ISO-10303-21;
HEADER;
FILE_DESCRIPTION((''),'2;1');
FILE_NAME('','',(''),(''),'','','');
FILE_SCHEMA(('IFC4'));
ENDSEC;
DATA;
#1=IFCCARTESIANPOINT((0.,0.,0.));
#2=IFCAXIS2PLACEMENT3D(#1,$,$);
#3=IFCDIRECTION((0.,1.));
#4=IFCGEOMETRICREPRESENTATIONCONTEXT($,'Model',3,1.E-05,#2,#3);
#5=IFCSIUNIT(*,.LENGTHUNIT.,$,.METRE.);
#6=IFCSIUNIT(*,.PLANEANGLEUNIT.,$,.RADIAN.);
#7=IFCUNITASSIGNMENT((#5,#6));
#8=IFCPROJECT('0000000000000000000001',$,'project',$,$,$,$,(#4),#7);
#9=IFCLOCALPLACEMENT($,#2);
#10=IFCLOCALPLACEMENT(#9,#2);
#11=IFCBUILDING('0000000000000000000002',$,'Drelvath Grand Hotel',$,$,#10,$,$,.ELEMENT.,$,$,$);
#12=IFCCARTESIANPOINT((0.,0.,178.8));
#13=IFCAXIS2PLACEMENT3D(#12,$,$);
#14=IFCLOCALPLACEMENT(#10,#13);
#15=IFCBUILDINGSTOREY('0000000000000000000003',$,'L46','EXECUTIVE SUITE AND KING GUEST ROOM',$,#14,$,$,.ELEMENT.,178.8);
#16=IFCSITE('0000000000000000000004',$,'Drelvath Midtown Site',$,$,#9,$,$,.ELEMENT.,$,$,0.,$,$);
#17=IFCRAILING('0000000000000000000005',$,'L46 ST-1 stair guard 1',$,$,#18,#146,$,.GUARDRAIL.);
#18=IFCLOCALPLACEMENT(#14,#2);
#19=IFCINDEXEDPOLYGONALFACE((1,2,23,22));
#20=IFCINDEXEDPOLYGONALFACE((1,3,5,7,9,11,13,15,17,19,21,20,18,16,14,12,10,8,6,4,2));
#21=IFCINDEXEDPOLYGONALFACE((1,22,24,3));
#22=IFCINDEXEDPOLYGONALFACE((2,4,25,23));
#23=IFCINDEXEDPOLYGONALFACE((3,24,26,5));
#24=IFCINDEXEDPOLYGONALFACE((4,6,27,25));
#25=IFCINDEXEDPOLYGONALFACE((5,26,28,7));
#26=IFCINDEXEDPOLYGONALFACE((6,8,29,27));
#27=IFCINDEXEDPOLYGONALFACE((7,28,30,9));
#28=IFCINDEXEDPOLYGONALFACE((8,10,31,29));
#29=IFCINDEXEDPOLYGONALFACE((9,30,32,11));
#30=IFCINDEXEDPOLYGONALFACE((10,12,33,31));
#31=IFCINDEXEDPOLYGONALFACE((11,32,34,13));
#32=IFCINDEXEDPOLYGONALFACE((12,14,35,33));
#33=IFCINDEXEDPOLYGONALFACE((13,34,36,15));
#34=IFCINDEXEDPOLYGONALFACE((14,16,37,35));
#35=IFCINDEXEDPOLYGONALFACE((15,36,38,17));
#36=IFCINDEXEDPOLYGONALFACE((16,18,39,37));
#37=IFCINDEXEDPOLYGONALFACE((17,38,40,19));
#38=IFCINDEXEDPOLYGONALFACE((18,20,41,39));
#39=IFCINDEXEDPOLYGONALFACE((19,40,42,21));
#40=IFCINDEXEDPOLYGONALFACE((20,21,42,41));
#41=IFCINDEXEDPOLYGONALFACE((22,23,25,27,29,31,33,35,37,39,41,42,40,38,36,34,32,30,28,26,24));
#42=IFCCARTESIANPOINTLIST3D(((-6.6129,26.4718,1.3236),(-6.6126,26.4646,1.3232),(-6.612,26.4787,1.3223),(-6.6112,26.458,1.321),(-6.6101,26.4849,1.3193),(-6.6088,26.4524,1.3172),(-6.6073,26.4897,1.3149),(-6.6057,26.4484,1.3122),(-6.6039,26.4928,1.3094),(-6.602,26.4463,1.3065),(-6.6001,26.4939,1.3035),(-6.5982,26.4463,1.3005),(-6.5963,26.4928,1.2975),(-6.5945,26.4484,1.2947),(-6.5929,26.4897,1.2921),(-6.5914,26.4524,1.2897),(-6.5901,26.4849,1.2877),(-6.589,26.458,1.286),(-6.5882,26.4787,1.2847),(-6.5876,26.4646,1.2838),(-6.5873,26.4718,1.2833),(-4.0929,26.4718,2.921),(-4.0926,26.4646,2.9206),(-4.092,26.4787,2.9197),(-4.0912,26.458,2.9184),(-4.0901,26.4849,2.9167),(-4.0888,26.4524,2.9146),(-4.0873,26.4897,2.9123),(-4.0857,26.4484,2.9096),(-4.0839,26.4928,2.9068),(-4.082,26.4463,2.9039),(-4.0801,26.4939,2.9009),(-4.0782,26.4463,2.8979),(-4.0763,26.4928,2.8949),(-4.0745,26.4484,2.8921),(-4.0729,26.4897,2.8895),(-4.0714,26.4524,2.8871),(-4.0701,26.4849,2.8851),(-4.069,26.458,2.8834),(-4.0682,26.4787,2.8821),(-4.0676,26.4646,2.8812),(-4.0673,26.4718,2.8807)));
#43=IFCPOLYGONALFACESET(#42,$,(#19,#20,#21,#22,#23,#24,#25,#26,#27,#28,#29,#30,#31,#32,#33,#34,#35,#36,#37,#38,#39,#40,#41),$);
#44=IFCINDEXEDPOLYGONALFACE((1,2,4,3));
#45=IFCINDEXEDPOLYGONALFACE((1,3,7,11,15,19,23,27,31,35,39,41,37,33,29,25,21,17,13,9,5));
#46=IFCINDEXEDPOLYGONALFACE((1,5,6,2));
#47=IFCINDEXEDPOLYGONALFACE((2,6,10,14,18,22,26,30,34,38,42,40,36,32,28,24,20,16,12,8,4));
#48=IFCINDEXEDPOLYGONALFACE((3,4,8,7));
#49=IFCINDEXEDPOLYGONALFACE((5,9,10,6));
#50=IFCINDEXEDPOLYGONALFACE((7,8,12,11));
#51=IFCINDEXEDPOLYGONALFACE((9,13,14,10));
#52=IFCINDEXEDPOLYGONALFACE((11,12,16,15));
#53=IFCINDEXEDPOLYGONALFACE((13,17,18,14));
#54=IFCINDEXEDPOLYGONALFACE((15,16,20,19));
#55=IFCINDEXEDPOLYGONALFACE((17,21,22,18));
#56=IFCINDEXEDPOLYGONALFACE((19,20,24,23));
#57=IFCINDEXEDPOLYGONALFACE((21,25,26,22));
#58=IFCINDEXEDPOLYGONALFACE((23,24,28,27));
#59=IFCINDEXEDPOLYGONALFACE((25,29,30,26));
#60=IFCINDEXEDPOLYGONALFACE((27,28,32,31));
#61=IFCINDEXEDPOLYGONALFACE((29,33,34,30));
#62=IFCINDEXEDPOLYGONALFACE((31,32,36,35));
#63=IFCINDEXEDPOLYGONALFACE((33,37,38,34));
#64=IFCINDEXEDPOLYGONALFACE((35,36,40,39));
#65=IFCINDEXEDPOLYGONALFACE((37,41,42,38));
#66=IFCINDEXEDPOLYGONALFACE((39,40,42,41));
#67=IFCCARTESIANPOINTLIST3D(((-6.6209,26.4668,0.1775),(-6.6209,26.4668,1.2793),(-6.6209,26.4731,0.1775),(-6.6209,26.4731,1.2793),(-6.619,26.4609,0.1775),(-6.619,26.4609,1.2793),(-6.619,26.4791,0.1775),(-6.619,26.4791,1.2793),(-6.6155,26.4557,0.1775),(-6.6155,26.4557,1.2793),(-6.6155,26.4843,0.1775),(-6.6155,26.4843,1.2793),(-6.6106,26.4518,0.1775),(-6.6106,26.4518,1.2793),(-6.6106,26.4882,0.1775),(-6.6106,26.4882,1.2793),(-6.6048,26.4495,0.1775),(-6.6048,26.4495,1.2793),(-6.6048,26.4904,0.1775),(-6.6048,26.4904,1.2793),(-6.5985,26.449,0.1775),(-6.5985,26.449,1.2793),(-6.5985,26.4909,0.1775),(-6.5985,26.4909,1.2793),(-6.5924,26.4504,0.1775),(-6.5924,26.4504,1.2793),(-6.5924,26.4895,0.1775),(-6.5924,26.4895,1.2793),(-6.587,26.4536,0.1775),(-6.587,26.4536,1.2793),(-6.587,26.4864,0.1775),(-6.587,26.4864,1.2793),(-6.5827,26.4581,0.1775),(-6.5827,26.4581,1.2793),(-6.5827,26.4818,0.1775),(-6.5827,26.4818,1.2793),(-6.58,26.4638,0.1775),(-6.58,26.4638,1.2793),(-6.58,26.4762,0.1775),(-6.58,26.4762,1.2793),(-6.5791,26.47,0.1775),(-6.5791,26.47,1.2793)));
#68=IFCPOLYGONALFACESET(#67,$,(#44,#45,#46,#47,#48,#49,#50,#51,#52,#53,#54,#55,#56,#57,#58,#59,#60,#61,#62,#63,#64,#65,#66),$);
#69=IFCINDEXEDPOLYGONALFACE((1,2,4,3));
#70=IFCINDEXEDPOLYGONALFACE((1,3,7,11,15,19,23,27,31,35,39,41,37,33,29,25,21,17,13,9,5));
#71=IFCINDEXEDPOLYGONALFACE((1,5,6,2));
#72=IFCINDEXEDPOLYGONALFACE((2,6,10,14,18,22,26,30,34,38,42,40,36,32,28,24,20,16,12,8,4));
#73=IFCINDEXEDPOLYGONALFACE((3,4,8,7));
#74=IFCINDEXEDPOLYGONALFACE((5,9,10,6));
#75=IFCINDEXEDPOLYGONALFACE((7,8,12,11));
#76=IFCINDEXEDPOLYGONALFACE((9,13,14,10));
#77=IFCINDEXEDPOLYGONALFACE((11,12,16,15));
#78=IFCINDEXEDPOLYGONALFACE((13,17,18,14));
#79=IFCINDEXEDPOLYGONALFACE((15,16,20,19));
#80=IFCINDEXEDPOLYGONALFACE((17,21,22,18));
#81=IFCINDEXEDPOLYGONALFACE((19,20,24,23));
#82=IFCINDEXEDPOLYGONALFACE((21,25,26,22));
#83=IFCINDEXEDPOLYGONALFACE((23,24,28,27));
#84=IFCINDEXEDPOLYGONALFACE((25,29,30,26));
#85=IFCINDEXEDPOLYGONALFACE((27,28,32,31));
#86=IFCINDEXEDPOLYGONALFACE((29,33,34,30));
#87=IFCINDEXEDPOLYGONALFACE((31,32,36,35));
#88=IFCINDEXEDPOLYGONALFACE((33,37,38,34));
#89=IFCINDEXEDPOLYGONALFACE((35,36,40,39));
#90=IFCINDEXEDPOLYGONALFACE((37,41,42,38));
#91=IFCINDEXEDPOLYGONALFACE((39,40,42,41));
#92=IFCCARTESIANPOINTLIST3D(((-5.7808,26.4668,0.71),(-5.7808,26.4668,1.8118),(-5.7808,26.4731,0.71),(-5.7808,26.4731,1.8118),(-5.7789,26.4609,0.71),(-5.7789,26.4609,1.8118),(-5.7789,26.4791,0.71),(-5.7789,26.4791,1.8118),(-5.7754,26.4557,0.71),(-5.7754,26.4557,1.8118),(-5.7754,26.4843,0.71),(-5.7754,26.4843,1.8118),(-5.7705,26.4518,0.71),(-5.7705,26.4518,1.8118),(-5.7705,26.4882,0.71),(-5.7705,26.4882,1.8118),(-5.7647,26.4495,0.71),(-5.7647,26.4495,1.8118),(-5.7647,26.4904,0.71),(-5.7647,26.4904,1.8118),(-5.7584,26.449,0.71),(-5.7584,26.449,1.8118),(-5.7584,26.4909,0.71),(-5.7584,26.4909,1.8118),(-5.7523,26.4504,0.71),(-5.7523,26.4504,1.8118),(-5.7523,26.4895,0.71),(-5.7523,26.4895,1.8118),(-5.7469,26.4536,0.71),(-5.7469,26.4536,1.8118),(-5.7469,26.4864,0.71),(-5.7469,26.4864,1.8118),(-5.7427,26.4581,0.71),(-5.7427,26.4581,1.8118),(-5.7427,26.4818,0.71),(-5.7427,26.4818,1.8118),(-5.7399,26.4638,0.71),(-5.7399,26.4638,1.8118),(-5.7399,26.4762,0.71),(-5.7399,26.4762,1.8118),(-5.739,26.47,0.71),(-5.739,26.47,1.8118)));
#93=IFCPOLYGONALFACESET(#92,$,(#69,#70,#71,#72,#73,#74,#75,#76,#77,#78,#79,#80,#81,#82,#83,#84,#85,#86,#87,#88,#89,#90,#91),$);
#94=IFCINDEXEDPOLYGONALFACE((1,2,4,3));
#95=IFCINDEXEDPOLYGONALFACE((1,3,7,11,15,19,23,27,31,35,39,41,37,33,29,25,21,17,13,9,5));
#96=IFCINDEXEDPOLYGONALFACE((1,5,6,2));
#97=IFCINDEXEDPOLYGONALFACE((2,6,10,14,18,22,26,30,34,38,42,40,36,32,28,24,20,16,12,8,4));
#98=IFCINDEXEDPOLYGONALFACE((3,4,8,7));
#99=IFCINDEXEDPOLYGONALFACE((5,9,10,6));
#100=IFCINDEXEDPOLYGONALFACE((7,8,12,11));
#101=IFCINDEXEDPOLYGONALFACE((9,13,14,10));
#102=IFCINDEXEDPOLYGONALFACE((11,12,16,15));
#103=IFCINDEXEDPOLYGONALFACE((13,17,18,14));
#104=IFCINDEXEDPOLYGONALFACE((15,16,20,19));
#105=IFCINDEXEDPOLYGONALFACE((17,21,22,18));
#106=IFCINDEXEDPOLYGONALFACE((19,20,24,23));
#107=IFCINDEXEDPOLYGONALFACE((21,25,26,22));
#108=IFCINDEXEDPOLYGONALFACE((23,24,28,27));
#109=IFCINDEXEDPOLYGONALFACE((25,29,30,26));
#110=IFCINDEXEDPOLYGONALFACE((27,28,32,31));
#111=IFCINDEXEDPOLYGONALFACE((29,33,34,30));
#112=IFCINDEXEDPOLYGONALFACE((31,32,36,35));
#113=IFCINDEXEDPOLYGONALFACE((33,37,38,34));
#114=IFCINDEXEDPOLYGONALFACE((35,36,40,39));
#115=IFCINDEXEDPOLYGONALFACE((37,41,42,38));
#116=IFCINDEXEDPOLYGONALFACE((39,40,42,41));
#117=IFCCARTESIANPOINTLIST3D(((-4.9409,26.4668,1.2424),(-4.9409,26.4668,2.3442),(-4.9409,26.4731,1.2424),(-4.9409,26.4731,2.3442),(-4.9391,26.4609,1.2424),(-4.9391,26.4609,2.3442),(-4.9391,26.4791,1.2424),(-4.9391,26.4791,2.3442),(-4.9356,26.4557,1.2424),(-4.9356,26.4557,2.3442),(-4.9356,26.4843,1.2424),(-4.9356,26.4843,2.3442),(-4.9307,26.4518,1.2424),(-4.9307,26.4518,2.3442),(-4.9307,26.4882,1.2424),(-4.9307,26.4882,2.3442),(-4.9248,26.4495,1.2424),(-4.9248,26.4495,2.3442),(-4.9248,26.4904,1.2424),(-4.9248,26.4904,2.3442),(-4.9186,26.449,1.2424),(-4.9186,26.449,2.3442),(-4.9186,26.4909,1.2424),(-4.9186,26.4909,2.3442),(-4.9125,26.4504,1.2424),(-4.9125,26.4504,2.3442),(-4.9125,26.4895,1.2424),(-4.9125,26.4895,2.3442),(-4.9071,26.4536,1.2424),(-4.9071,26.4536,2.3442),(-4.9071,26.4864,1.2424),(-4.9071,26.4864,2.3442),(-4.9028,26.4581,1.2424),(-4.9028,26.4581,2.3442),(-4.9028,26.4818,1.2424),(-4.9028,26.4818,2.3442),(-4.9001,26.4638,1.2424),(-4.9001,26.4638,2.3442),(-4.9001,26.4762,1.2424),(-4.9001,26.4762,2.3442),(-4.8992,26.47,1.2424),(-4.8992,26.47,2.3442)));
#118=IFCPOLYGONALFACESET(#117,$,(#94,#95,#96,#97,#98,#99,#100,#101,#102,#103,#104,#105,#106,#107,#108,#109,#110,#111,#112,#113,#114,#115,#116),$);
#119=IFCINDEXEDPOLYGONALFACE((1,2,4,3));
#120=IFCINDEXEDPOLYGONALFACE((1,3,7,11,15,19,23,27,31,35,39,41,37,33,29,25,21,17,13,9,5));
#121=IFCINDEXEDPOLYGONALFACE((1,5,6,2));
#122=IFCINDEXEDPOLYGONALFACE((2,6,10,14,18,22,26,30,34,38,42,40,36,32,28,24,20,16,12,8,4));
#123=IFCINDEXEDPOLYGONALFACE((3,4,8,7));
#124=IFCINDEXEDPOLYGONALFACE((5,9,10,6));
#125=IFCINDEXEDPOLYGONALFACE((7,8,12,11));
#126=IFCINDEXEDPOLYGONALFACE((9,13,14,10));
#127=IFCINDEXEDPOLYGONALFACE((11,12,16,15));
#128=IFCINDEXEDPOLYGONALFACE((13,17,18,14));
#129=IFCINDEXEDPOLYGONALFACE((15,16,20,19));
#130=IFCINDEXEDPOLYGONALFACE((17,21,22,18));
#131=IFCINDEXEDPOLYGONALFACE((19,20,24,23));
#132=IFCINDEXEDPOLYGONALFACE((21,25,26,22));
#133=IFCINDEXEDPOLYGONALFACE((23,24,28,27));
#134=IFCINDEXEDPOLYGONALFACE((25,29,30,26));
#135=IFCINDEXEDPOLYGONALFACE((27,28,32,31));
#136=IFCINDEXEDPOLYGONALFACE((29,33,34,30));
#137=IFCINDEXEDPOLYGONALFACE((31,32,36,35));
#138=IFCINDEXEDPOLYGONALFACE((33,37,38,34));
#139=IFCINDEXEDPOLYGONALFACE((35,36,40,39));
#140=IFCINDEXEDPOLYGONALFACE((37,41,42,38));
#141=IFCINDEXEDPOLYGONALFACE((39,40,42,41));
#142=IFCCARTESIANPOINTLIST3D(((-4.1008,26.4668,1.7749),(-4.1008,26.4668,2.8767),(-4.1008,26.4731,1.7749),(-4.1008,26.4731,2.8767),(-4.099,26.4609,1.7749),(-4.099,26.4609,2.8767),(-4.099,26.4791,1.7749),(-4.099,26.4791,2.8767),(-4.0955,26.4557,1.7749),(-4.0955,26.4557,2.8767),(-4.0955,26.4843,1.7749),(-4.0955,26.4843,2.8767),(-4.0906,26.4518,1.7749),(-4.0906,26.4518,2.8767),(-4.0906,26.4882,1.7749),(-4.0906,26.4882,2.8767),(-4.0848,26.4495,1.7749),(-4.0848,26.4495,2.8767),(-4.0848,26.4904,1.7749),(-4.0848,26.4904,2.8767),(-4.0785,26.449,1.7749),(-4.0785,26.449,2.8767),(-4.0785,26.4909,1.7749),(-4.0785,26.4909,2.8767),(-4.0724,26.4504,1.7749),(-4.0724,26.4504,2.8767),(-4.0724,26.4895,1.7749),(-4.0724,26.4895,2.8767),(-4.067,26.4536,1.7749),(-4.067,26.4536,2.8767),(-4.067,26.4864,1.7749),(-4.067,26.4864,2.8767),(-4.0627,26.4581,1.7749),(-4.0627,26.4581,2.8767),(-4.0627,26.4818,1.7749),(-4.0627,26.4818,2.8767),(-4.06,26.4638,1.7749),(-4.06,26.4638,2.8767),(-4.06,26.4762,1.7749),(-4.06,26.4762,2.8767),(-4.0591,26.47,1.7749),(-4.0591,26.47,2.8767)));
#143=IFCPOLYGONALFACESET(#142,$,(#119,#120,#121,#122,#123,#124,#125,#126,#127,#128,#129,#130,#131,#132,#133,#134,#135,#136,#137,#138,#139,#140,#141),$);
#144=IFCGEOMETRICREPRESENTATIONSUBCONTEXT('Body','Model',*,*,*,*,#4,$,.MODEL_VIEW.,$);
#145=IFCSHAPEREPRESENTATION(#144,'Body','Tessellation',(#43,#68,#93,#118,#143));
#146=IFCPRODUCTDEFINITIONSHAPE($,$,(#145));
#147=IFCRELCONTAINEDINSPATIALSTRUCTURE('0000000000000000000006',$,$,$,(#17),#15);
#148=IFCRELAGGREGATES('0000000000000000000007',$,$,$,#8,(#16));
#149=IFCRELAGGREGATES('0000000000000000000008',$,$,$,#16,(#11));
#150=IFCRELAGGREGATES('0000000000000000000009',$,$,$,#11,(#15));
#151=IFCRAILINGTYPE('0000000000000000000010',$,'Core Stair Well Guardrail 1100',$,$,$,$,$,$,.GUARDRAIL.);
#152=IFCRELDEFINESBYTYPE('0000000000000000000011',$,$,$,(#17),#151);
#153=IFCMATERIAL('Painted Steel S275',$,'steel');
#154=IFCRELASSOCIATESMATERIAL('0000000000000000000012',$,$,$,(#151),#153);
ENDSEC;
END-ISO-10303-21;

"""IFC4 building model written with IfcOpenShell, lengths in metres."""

from ifc_helpers import new_model, si_unit, direction, frame, origin, origin_2d, place, context, subcontext, project, spatial, circle, extrude, material, type_object, element, save


model = new_model("IFC4")

# Units and contexts
model_context = context("Model", 3, precision=1e-05, world=origin(), true_north=direction((0.0, 1.0)))
body_context = subcontext(model_context, "Body", "Model", "MODEL_VIEW")
ifc_project = project(units=[si_unit("LENGTHUNIT", "METRE"), si_unit("PLANEANGLEUNIT", "RADIAN")], contexts=[model_context])

# Site, building, storey
site_placement = place(None, origin())
site = spatial("IfcSite", under=ifc_project, at=site_placement, Name="Drelvath Midtown Site", CompositionType="ELEMENT", RefElevation=0.0)
building_placement = place(site_placement, origin())
building = spatial("IfcBuilding", under=site, at=building_placement, Name="Drelvath Grand Hotel", CompositionType="ELEMENT")
storey_placement = place(building_placement, frame((0.0, 0.0, 178.8)))
storey = spatial("IfcBuildingStorey", under=building, at=storey_placement, Name="L46", Description="EXECUTIVE SUITE AND KING GUEST ROOM", CompositionType="ELEMENT", Elevation=178.8)

# Shared definitions
ifc_material_1 = material(Name="Painted Steel S275", Category="steel")

# Railing
railing_type_1 = type_object("IfcRailingType", Name="Core Stair Well Guardrail 1100", PredefinedType="GUARDRAIL", material=ifc_material_1)
railing_1_placement = place(storey_placement, frame((-6.6001, 26.47, 0.1775)))
element("IfcRailing", 1, at=railing_1_placement, inside=storey, type_object=railing_type_1, Name="L46 ST-1 stair guard 1", PredefinedType="GUARDRAIL", context=body_context, shape_type="SweptSolid", body=[
    extrude(circle(Radius=0.0239, at=origin_2d()), frame((0.0, 0.0, 1.126), z_axis=(0.844607, 0.0, 0.535387), x_axis=(0.0, 1.0, 0.0)), (0.0, 0.0, 1.0), 2.9836),
    extrude(circle(Radius=0.021, at=origin_2d()), origin(), (0.0, 0.0, 1.0), 1.1018),
    extrude(circle(Radius=0.021, at=origin_2d()), frame((0.8401, 0.0, 0.5325)), (0.0, 0.0, 1.0), 1.1018),
    extrude(circle(Radius=0.021, at=origin_2d()), frame((1.6799, 0.0, 1.0649)), (0.0, 0.0, 1.0), 1.1018),
    extrude(circle(Radius=0.021, at=origin_2d()), frame((2.52, 0.0, 1.5974)), (0.0, 0.0, 1.0), 1.1018),
])

save(model, "model.ifc")
